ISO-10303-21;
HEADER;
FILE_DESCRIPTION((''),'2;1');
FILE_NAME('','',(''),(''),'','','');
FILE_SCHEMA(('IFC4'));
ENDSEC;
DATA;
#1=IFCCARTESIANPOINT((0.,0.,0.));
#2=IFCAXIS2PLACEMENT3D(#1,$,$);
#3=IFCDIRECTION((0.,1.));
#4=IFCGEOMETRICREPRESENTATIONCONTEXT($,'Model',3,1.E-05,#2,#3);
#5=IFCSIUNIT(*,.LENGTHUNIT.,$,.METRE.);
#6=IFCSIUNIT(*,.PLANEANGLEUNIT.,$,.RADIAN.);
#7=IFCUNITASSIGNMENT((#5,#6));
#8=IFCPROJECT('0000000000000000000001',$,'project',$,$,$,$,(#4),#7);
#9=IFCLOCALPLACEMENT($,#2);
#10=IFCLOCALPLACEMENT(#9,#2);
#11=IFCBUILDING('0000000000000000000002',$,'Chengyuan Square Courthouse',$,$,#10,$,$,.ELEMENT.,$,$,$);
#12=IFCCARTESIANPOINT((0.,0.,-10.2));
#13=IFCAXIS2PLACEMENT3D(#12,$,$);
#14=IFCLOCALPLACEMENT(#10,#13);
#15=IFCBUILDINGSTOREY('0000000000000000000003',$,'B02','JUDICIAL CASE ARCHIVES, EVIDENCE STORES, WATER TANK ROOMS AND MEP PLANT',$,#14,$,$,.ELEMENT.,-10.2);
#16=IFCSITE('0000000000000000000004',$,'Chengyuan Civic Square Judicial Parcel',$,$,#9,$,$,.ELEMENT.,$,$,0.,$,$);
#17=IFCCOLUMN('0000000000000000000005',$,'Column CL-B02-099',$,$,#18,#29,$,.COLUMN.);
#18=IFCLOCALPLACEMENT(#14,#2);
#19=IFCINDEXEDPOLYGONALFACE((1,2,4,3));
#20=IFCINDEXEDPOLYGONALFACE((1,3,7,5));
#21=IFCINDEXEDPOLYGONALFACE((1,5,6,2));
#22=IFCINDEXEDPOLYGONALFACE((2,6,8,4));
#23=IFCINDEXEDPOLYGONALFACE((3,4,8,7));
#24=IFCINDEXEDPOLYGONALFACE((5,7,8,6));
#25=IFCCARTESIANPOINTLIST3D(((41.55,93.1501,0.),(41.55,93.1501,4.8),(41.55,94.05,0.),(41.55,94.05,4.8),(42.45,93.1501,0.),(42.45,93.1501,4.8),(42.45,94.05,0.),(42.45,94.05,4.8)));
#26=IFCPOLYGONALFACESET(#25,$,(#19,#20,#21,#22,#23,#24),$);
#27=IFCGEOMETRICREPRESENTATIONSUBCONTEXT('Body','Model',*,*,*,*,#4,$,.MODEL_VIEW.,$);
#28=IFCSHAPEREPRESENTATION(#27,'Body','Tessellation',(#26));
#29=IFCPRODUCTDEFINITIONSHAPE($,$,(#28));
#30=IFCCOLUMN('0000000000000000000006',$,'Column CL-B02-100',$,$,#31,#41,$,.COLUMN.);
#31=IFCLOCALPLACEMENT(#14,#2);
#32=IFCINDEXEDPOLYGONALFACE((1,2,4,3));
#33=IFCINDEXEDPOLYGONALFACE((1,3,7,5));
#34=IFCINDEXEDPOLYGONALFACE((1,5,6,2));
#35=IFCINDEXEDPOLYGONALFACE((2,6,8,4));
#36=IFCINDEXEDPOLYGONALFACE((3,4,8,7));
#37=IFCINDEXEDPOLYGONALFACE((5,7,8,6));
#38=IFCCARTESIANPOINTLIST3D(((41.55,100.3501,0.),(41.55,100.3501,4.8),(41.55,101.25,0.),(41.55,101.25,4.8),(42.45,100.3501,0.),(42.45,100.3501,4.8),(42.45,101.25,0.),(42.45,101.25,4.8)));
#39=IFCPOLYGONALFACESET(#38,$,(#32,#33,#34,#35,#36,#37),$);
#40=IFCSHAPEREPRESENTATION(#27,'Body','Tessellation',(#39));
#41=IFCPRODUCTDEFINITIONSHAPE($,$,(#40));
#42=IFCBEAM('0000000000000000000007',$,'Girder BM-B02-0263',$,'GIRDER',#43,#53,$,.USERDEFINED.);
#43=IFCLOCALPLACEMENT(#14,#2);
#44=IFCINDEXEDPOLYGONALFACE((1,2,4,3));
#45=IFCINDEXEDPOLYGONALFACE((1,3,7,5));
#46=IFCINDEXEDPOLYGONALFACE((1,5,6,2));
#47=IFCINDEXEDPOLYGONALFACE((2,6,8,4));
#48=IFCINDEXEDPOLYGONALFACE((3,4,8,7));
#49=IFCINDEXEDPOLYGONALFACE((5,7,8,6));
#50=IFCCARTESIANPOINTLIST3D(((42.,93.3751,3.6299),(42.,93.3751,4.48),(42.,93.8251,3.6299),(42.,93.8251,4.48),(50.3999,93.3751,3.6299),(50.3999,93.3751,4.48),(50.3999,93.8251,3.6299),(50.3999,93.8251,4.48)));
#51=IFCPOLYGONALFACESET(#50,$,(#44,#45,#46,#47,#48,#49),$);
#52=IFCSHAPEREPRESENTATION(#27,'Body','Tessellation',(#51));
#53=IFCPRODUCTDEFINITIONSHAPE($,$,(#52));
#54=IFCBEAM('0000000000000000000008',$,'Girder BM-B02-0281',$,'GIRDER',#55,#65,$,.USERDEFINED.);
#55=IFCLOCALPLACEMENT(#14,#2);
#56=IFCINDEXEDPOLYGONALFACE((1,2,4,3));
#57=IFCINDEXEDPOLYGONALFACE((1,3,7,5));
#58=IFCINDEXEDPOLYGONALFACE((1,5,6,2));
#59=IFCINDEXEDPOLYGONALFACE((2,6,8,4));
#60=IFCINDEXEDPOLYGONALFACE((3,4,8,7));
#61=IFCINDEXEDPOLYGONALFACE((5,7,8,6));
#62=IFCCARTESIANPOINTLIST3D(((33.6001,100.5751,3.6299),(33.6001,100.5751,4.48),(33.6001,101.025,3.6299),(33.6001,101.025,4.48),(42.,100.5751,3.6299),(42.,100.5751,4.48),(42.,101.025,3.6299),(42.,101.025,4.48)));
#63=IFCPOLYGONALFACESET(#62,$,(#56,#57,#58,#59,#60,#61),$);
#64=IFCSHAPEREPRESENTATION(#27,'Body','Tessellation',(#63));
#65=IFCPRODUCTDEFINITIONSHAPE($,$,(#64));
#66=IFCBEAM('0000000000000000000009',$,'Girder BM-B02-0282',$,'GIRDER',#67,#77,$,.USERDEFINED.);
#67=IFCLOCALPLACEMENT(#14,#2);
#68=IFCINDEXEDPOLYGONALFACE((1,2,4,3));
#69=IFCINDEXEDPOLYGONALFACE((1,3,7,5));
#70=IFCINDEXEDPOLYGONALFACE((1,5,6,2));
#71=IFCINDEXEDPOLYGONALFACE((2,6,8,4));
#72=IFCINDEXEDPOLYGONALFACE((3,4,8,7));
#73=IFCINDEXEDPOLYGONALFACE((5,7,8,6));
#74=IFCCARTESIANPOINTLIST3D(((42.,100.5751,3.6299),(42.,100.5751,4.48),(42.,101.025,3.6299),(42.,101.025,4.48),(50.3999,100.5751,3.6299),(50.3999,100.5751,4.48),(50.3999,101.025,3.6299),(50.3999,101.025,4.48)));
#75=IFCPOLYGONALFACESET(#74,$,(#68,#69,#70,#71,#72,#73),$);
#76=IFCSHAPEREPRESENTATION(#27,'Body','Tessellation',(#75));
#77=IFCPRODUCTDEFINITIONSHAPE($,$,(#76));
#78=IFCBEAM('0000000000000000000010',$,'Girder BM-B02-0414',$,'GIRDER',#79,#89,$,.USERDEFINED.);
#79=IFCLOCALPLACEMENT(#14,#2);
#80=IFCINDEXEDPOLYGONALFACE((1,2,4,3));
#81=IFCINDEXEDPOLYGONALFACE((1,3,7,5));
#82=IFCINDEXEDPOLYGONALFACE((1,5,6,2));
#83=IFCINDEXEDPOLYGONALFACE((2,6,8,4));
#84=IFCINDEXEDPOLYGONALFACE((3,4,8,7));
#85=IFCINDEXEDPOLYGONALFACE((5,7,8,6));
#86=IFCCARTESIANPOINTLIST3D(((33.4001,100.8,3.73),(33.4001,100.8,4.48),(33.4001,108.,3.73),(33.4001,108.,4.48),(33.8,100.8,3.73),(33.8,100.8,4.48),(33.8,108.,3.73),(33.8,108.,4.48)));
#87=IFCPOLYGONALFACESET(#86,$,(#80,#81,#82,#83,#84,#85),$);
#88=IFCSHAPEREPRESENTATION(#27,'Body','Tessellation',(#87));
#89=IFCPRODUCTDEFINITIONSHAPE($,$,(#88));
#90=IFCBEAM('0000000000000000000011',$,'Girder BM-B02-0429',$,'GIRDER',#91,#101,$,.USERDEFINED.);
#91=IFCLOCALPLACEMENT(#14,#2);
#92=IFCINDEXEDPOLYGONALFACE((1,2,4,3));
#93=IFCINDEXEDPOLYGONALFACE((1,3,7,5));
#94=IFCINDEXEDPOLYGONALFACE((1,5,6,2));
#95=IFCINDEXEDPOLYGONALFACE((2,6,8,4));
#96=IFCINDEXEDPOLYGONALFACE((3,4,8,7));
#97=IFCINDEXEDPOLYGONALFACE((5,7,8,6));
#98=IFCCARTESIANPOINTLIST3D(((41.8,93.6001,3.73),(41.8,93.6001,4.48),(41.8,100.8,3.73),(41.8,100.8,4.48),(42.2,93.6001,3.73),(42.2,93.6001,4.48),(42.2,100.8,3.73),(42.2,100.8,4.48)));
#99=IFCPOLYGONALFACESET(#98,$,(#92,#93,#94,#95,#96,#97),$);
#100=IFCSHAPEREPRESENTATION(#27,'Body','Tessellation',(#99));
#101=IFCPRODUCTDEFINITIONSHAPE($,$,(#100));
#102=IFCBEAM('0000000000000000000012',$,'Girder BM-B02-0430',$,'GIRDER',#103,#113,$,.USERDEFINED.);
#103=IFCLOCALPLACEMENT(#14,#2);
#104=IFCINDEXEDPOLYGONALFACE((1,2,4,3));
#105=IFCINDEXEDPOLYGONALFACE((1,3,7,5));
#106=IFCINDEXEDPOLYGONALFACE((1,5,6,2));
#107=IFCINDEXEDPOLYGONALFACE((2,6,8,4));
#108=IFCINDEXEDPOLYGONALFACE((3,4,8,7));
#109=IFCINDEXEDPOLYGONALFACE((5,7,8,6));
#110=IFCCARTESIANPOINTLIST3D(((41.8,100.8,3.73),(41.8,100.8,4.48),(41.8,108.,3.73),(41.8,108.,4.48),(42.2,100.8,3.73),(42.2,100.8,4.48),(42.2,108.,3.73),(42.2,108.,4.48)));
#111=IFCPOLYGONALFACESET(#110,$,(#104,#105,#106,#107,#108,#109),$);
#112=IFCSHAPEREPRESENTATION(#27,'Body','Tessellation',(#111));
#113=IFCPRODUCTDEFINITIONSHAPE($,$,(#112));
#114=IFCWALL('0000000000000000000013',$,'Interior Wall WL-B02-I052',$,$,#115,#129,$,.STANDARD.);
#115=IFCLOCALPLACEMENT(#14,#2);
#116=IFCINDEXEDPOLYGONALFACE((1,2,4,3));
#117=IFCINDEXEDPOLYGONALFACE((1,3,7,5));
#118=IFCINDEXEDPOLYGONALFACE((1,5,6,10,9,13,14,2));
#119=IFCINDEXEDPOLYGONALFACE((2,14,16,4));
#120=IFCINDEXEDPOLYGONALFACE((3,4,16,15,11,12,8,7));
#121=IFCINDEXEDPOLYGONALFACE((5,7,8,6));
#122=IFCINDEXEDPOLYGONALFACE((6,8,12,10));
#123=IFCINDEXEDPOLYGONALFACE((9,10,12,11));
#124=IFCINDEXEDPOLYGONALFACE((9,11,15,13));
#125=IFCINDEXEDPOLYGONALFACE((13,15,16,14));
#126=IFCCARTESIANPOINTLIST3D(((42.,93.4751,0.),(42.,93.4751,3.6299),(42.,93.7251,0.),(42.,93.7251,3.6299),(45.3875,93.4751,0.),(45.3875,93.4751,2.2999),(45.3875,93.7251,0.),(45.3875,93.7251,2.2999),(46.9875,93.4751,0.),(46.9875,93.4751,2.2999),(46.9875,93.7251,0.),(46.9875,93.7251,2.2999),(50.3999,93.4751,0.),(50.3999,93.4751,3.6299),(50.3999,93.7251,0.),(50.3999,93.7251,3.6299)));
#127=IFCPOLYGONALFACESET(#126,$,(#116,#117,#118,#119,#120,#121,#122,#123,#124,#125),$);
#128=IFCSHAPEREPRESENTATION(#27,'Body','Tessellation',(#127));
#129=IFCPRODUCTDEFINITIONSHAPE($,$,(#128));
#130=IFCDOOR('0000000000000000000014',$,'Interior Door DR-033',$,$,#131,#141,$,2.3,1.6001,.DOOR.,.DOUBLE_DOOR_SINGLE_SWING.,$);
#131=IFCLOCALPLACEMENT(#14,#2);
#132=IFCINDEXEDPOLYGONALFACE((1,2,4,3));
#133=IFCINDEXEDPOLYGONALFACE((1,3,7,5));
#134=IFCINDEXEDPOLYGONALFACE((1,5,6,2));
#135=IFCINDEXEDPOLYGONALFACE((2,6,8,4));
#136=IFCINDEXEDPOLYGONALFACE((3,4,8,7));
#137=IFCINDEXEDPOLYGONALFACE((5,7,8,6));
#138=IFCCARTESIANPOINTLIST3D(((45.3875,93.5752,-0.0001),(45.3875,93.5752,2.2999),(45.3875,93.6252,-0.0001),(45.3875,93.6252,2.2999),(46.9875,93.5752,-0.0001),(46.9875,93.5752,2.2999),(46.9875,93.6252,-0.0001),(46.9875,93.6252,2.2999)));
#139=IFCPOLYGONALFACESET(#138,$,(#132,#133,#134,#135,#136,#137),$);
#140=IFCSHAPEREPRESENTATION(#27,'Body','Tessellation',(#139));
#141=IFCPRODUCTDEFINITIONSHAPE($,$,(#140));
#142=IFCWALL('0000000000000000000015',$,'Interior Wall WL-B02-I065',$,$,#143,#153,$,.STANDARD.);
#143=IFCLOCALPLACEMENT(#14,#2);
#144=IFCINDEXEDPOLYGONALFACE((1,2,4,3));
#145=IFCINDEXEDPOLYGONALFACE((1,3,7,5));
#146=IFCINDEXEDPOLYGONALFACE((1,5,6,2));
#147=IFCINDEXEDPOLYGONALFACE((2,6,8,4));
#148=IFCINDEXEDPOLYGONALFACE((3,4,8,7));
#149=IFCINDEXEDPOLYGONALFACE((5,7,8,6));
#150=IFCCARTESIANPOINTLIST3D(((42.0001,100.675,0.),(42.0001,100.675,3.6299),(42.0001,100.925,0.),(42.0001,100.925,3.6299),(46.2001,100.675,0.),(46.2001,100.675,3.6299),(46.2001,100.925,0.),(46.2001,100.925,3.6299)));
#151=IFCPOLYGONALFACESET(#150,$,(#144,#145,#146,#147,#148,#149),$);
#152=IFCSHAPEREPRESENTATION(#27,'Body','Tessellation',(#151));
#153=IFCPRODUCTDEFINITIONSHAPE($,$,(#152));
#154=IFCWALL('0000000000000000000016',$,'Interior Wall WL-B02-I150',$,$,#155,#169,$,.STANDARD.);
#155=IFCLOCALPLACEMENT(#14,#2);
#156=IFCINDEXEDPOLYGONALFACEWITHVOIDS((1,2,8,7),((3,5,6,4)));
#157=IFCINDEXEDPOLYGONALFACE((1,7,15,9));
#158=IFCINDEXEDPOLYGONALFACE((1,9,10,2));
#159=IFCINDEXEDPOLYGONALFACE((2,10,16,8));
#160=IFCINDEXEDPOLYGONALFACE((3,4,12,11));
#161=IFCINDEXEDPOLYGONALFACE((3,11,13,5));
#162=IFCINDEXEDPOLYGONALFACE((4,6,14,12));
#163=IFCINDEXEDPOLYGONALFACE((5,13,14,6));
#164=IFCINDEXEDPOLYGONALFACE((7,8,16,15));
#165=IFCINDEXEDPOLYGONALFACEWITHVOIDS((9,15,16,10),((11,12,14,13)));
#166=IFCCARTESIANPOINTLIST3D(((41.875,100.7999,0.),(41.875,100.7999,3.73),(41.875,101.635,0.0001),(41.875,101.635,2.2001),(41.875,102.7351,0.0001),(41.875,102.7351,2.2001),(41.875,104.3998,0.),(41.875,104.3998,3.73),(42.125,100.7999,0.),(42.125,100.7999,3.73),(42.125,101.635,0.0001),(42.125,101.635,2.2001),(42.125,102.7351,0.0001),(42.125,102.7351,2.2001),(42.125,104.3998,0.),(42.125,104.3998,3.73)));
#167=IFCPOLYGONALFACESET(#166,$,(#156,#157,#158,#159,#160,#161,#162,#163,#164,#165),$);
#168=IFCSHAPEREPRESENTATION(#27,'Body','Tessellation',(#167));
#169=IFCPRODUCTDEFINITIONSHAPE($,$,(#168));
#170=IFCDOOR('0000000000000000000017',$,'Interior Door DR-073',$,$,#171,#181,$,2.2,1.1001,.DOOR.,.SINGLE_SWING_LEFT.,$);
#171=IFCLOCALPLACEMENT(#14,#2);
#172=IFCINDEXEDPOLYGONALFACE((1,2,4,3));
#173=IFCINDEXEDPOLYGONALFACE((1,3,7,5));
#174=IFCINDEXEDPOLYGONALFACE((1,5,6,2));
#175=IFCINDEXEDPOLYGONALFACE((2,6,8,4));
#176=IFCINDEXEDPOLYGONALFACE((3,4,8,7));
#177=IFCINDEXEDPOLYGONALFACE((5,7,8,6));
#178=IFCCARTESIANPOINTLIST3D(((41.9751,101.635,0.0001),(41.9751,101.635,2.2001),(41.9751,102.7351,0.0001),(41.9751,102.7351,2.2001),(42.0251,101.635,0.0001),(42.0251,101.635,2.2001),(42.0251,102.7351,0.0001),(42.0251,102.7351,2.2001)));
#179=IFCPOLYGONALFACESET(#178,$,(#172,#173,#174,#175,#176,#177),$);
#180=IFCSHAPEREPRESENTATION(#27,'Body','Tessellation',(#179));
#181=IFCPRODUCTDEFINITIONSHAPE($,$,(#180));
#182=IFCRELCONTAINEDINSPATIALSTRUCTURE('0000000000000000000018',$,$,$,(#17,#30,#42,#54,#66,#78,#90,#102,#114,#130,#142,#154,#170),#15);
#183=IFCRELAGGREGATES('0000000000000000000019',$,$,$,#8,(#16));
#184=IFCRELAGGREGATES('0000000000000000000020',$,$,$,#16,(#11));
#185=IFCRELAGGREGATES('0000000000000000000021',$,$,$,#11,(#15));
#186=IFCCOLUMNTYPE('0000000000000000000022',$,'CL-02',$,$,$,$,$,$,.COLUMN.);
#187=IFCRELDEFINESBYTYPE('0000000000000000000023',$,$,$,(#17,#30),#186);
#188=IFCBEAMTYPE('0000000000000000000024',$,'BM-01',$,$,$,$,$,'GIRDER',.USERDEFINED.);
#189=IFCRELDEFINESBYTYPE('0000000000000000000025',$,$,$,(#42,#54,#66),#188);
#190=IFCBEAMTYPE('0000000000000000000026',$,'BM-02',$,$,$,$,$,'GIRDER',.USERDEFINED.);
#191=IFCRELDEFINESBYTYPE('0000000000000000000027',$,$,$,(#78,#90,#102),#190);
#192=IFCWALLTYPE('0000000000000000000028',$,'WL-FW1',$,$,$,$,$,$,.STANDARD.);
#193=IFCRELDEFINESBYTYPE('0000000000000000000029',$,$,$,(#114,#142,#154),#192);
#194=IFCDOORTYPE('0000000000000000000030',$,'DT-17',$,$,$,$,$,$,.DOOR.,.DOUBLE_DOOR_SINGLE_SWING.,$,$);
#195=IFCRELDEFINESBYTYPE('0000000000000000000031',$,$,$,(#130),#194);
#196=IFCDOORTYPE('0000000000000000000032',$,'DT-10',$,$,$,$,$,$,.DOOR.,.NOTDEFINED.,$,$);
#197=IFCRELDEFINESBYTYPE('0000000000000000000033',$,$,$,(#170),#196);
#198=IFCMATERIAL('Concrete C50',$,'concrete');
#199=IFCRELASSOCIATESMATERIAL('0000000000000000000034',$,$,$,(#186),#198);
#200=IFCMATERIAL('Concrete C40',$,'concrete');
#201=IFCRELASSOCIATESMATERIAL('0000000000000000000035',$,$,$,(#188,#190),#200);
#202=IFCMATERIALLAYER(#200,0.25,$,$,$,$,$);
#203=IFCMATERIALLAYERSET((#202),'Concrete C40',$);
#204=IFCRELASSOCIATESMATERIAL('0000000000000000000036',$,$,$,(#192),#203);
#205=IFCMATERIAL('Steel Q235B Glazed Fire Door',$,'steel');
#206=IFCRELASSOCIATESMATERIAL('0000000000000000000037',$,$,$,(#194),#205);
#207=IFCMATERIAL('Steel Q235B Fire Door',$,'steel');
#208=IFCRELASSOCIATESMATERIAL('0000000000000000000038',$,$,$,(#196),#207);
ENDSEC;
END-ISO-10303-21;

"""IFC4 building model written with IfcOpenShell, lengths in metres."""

from ifc_helpers import new_model, si_unit, direction, frame, frame_2d, origin, origin_2d, place, context, subcontext, project, spatial, rectangle, extrude, material, layer, layer_set, material_profile, profile_set, type_object, element, fill, save


model = new_model("IFC4")

# Units and contexts
model_context = context("Model", 3, precision=1e-05, world=origin(), true_north=direction((0.0, 1.0)))
body_context = subcontext(model_context, "Body", "Model", "MODEL_VIEW")
ifc_project = project(units=[si_unit("LENGTHUNIT", "METRE"), si_unit("PLANEANGLEUNIT", "RADIAN")], contexts=[model_context])

# Site, building, storey
site_placement = place(None, origin())
site = spatial("IfcSite", under=ifc_project, at=site_placement, Name="Chengyuan Civic Square Judicial Parcel", CompositionType="ELEMENT", RefElevation=0.0)
building_placement = place(site_placement, origin())
building = spatial("IfcBuilding", under=site, at=building_placement, Name="Chengyuan Square Courthouse", CompositionType="ELEMENT")
storey_placement = place(building_placement, frame((0.0, 0.0, -10.2)))
storey = spatial("IfcBuildingStorey", under=building, at=storey_placement, Name="B02", Description="JUDICIAL CASE ARCHIVES, EVIDENCE STORES, WATER TANK ROOMS AND MEP PLANT", CompositionType="ELEMENT", Elevation=-10.2)

# Shared definitions
ifc_material_1 = material(Name="Concrete C40", Category="concrete")

# Columns
ifc_material_2 = material(Name="Concrete C50", Category="concrete")
ifc_material_profile_1 = material_profile(ifc_material_2, rectangle(XDim=0.8999, YDim=0.8999, at=origin_2d()), Name="RC-COL-900x900")
ifc_profile_set_1 = profile_set([ifc_material_profile_1], Name="Concrete C50")
column_type = type_object("IfcColumnType", Name="CL-02", PredefinedType="COLUMN", material=ifc_profile_set_1)
for number, where, z_axis, x_axis, name in (
    (1, (42.0, 93.6001, 0.0), (0.0, 0.0, 1.0), (1.0, 0.0, 0.0), "Column CL-B02-099"),
    (2, (42.0, 100.8, 0.0), (0.0, 0.0, 1.0), (1.0, 0.0, 0.0), "Column CL-B02-100"),
):
    element("IfcColumn", number, at=place(storey_placement, frame(where, z_axis=z_axis, x_axis=x_axis)), inside=storey, type_object=column_type, Name=name, PredefinedType="COLUMN", context=body_context, shape_type="SweptSolid", body=[
        extrude(rectangle(XDim=0.8999, YDim=0.8999, at=origin_2d()), origin(), (0.0, 0.0, 1.0), 4.8),
    ])

# Beams
ifc_material_profile_2 = material_profile(ifc_material_1, rectangle(XDim=0.45, YDim=0.8501, at=origin_2d()), Name="RC-BM-450x850")
ifc_profile_set_2 = profile_set([ifc_material_profile_2], Name="Concrete C40")
beam_type_1 = type_object("IfcBeamType", Name="BM-01", ElementType="GIRDER", PredefinedType="USERDEFINED", material=ifc_profile_set_2)
for number, where, z_axis, x_axis, name in (
    (3, (42.0, 93.6001, 4.0549), (1.0, 0.0, 0.0), (0.0, 1.0, 0.0), "Girder BM-B02-0263"),
    (4, (33.6001, 100.8, 4.0549), (1.0, 0.0, 0.0), (0.0, 1.0, 0.0), "Girder BM-B02-0281"),
    (5, (42.0, 100.8, 4.0549), (1.0, 0.0, 0.0), (0.0, 1.0, 0.0), "Girder BM-B02-0282"),
):
    element("IfcBeam", number, at=place(storey_placement, frame(where, z_axis=z_axis, x_axis=x_axis)), inside=storey, type_object=beam_type_1, Name=name, ObjectType="GIRDER", PredefinedType="USERDEFINED", context=body_context, shape_type="SweptSolid", body=[
        extrude(rectangle(XDim=0.45, YDim=0.8501, at=origin_2d()), origin(), (0.0, 0.0, 1.0), 8.3999),
    ])
ifc_material_profile_3 = material_profile(ifc_material_1, rectangle(XDim=0.3999, YDim=0.75, at=origin_2d()), Name="RC-BM-400x750")
ifc_profile_set_3 = profile_set([ifc_material_profile_3], Name="Concrete C40")
beam_type_2 = type_object("IfcBeamType", Name="BM-02", ElementType="GIRDER", PredefinedType="USERDEFINED", material=ifc_profile_set_3)
for number, where, z_axis, x_axis, name in (
    (6, (33.6001, 100.8, 4.105), (0.0, 1.0, 0.0), (-1.0, 0.0, 0.0), "Girder BM-B02-0414"),
    (7, (42.0, 93.6001, 4.105), (0.0, 1.0, 0.0), (-1.0, 0.0, 0.0), "Girder BM-B02-0429"),
    (8, (42.0, 100.8, 4.105), (0.0, 1.0, 0.0), (-1.0, 0.0, 0.0), "Girder BM-B02-0430"),
):
    element("IfcBeam", number, at=place(storey_placement, frame(where, z_axis=z_axis, x_axis=x_axis)), inside=storey, type_object=beam_type_2, Name=name, ObjectType="GIRDER", PredefinedType="USERDEFINED", context=body_context, shape_type="SweptSolid", body=[
        extrude(rectangle(XDim=0.3999, YDim=0.75, at=origin_2d()), origin(), (0.0, 0.0, 1.0), 7.2),
    ])

# Wall, opening, door
ifc_layer_1 = layer(ifc_material_1, 0.25)
ifc_layer_set_1 = layer_set([ifc_layer_1], Name="Concrete C40")
wall_type_1 = type_object("IfcWallType", Name="WL-FW1", PredefinedType="STANDARD", material=ifc_layer_set_1)
wall_1_placement = place(storey_placement, frame((42.0, 93.6001, 0.0), z_axis=(0.0, 0.0, 1.0), x_axis=(1.0, 0.0, 0.0)))
wall_1 = element("IfcWall", 9, at=wall_1_placement, inside=storey, type_object=wall_type_1, Name="Interior Wall WL-B02-I052", PredefinedType="STANDARD", context=body_context, shape_type="SweptSolid", body=[
    extrude(rectangle(XDim=8.3999, YDim=0.25, at=frame_2d((4.2, 0.0))), origin(), (0.0, 0.0, 1.0), 3.6299),
])
opening_1_placement = place(wall_1_placement, frame((3.3875, 0.0, 0.0)))
opening_1 = element("IfcOpeningElement", 10, at=opening_1_placement, cuts=wall_1, PredefinedType="OPENING", context=body_context, shape_type="SweptSolid", body=[
    extrude(rectangle(XDim=1.6001, YDim=2.3, at=frame_2d((0.8, 1.1499))), frame((0.0, 0.137, 0.0), z_axis=(0.0, -1.0, 0.0), x_axis=(1.0, 0.0, 0.0)), (0.0, 0.0, 1.0), 0.2739),
])
ifc_material_3 = material(Name="Steel Q235B Glazed Fire Door", Category="steel")
door_type_1 = type_object("IfcDoorType", Name="DT-17", OperationType="DOUBLE_DOOR_SINGLE_SWING", PredefinedType="DOOR", material=ifc_material_3)
door_1_placement = place(opening_1_placement, frame((1.6001, 0.0, 0.0), z_axis=(0.0, 0.0, 1.0), x_axis=(-1.0, 0.0, 0.0)))
door_1 = element("IfcDoor", 11, at=door_1_placement, inside=storey, type_object=door_type_1, Name="Interior Door DR-033", OperationType="DOUBLE_DOOR_SINGLE_SWING", OverallHeight=2.3, OverallWidth=1.6001, PredefinedType="DOOR", context=body_context, shape_type="SweptSolid", body=[
    extrude(rectangle(XDim=1.6001, YDim=2.3, at=frame_2d((0.8, 1.1499))), frame((0.0, 0.0249, 0.0), z_axis=(0.0, -1.0, 0.0), x_axis=(1.0, 0.0, 0.0)), (0.0, 0.0, 1.0), 0.05),
])
fill(opening_1, door_1)

# Wall
wall_2_placement = place(storey_placement, frame((42.0, 100.8, 0.0), z_axis=(0.0, 0.0, 1.0), x_axis=(1.0, 0.0, 0.0)))
element("IfcWall", 12, at=wall_2_placement, inside=storey, type_object=wall_type_1, Name="Interior Wall WL-B02-I065", PredefinedType="STANDARD", context=body_context, shape_type="SweptSolid", body=[
    extrude(rectangle(XDim=4.2, YDim=0.25, at=frame_2d((2.1001, 0.0))), origin(), (0.0, 0.0, 1.0), 3.6299),
])

# Wall, opening, door
wall_3_placement = place(storey_placement, frame((42.0, 100.8, 0.0), z_axis=(0.0, 0.0, 1.0), x_axis=(0.0, 1.0, 0.0)))
wall_3 = element("IfcWall", 13, at=wall_3_placement, inside=storey, type_object=wall_type_1, Name="Interior Wall WL-B02-I150", PredefinedType="STANDARD", context=body_context, shape_type="SweptSolid", body=[
    extrude(rectangle(XDim=3.5999, YDim=0.25, at=frame_2d((1.7998, 0.0))), origin(), (0.0, 0.0, 1.0), 3.73),
])
opening_2_placement = place(wall_3_placement, frame((0.835, 0.0, 0.0)))
opening_2 = element("IfcOpeningElement", 14, at=opening_2_placement, cuts=wall_3, PredefinedType="OPENING", context=body_context, shape_type="SweptSolid", body=[
    extrude(rectangle(XDim=1.1001, YDim=2.2, at=frame_2d((0.55, 1.1001))), frame((0.0, 0.137, 0.0), z_axis=(0.0, -1.0, 0.0), x_axis=(1.0, 0.0, 0.0)), (0.0, 0.0, 1.0), 0.2739),
])
ifc_material_4 = material(Name="Steel Q235B Fire Door", Category="steel")
door_type_2 = type_object("IfcDoorType", Name="DT-10", OperationType="NOTDEFINED", PredefinedType="DOOR", material=ifc_material_4)
door_2_placement = place(opening_2_placement, origin())
door_2 = element("IfcDoor", 15, at=door_2_placement, inside=storey, type_object=door_type_2, Name="Interior Door DR-073", OperationType="SINGLE_SWING_LEFT", OverallHeight=2.2, OverallWidth=1.1001, PredefinedType="DOOR", context=body_context, shape_type="SweptSolid", body=[
    extrude(rectangle(XDim=1.1001, YDim=2.2, at=frame_2d((0.55, 1.1001))), frame((0.0, 0.0249, 0.0), z_axis=(0.0, -1.0, 0.0), x_axis=(1.0, 0.0, 0.0)), (0.0, 0.0, 1.0), 0.05),
])
fill(opening_2, door_2)

save(model, "model.ifc")
